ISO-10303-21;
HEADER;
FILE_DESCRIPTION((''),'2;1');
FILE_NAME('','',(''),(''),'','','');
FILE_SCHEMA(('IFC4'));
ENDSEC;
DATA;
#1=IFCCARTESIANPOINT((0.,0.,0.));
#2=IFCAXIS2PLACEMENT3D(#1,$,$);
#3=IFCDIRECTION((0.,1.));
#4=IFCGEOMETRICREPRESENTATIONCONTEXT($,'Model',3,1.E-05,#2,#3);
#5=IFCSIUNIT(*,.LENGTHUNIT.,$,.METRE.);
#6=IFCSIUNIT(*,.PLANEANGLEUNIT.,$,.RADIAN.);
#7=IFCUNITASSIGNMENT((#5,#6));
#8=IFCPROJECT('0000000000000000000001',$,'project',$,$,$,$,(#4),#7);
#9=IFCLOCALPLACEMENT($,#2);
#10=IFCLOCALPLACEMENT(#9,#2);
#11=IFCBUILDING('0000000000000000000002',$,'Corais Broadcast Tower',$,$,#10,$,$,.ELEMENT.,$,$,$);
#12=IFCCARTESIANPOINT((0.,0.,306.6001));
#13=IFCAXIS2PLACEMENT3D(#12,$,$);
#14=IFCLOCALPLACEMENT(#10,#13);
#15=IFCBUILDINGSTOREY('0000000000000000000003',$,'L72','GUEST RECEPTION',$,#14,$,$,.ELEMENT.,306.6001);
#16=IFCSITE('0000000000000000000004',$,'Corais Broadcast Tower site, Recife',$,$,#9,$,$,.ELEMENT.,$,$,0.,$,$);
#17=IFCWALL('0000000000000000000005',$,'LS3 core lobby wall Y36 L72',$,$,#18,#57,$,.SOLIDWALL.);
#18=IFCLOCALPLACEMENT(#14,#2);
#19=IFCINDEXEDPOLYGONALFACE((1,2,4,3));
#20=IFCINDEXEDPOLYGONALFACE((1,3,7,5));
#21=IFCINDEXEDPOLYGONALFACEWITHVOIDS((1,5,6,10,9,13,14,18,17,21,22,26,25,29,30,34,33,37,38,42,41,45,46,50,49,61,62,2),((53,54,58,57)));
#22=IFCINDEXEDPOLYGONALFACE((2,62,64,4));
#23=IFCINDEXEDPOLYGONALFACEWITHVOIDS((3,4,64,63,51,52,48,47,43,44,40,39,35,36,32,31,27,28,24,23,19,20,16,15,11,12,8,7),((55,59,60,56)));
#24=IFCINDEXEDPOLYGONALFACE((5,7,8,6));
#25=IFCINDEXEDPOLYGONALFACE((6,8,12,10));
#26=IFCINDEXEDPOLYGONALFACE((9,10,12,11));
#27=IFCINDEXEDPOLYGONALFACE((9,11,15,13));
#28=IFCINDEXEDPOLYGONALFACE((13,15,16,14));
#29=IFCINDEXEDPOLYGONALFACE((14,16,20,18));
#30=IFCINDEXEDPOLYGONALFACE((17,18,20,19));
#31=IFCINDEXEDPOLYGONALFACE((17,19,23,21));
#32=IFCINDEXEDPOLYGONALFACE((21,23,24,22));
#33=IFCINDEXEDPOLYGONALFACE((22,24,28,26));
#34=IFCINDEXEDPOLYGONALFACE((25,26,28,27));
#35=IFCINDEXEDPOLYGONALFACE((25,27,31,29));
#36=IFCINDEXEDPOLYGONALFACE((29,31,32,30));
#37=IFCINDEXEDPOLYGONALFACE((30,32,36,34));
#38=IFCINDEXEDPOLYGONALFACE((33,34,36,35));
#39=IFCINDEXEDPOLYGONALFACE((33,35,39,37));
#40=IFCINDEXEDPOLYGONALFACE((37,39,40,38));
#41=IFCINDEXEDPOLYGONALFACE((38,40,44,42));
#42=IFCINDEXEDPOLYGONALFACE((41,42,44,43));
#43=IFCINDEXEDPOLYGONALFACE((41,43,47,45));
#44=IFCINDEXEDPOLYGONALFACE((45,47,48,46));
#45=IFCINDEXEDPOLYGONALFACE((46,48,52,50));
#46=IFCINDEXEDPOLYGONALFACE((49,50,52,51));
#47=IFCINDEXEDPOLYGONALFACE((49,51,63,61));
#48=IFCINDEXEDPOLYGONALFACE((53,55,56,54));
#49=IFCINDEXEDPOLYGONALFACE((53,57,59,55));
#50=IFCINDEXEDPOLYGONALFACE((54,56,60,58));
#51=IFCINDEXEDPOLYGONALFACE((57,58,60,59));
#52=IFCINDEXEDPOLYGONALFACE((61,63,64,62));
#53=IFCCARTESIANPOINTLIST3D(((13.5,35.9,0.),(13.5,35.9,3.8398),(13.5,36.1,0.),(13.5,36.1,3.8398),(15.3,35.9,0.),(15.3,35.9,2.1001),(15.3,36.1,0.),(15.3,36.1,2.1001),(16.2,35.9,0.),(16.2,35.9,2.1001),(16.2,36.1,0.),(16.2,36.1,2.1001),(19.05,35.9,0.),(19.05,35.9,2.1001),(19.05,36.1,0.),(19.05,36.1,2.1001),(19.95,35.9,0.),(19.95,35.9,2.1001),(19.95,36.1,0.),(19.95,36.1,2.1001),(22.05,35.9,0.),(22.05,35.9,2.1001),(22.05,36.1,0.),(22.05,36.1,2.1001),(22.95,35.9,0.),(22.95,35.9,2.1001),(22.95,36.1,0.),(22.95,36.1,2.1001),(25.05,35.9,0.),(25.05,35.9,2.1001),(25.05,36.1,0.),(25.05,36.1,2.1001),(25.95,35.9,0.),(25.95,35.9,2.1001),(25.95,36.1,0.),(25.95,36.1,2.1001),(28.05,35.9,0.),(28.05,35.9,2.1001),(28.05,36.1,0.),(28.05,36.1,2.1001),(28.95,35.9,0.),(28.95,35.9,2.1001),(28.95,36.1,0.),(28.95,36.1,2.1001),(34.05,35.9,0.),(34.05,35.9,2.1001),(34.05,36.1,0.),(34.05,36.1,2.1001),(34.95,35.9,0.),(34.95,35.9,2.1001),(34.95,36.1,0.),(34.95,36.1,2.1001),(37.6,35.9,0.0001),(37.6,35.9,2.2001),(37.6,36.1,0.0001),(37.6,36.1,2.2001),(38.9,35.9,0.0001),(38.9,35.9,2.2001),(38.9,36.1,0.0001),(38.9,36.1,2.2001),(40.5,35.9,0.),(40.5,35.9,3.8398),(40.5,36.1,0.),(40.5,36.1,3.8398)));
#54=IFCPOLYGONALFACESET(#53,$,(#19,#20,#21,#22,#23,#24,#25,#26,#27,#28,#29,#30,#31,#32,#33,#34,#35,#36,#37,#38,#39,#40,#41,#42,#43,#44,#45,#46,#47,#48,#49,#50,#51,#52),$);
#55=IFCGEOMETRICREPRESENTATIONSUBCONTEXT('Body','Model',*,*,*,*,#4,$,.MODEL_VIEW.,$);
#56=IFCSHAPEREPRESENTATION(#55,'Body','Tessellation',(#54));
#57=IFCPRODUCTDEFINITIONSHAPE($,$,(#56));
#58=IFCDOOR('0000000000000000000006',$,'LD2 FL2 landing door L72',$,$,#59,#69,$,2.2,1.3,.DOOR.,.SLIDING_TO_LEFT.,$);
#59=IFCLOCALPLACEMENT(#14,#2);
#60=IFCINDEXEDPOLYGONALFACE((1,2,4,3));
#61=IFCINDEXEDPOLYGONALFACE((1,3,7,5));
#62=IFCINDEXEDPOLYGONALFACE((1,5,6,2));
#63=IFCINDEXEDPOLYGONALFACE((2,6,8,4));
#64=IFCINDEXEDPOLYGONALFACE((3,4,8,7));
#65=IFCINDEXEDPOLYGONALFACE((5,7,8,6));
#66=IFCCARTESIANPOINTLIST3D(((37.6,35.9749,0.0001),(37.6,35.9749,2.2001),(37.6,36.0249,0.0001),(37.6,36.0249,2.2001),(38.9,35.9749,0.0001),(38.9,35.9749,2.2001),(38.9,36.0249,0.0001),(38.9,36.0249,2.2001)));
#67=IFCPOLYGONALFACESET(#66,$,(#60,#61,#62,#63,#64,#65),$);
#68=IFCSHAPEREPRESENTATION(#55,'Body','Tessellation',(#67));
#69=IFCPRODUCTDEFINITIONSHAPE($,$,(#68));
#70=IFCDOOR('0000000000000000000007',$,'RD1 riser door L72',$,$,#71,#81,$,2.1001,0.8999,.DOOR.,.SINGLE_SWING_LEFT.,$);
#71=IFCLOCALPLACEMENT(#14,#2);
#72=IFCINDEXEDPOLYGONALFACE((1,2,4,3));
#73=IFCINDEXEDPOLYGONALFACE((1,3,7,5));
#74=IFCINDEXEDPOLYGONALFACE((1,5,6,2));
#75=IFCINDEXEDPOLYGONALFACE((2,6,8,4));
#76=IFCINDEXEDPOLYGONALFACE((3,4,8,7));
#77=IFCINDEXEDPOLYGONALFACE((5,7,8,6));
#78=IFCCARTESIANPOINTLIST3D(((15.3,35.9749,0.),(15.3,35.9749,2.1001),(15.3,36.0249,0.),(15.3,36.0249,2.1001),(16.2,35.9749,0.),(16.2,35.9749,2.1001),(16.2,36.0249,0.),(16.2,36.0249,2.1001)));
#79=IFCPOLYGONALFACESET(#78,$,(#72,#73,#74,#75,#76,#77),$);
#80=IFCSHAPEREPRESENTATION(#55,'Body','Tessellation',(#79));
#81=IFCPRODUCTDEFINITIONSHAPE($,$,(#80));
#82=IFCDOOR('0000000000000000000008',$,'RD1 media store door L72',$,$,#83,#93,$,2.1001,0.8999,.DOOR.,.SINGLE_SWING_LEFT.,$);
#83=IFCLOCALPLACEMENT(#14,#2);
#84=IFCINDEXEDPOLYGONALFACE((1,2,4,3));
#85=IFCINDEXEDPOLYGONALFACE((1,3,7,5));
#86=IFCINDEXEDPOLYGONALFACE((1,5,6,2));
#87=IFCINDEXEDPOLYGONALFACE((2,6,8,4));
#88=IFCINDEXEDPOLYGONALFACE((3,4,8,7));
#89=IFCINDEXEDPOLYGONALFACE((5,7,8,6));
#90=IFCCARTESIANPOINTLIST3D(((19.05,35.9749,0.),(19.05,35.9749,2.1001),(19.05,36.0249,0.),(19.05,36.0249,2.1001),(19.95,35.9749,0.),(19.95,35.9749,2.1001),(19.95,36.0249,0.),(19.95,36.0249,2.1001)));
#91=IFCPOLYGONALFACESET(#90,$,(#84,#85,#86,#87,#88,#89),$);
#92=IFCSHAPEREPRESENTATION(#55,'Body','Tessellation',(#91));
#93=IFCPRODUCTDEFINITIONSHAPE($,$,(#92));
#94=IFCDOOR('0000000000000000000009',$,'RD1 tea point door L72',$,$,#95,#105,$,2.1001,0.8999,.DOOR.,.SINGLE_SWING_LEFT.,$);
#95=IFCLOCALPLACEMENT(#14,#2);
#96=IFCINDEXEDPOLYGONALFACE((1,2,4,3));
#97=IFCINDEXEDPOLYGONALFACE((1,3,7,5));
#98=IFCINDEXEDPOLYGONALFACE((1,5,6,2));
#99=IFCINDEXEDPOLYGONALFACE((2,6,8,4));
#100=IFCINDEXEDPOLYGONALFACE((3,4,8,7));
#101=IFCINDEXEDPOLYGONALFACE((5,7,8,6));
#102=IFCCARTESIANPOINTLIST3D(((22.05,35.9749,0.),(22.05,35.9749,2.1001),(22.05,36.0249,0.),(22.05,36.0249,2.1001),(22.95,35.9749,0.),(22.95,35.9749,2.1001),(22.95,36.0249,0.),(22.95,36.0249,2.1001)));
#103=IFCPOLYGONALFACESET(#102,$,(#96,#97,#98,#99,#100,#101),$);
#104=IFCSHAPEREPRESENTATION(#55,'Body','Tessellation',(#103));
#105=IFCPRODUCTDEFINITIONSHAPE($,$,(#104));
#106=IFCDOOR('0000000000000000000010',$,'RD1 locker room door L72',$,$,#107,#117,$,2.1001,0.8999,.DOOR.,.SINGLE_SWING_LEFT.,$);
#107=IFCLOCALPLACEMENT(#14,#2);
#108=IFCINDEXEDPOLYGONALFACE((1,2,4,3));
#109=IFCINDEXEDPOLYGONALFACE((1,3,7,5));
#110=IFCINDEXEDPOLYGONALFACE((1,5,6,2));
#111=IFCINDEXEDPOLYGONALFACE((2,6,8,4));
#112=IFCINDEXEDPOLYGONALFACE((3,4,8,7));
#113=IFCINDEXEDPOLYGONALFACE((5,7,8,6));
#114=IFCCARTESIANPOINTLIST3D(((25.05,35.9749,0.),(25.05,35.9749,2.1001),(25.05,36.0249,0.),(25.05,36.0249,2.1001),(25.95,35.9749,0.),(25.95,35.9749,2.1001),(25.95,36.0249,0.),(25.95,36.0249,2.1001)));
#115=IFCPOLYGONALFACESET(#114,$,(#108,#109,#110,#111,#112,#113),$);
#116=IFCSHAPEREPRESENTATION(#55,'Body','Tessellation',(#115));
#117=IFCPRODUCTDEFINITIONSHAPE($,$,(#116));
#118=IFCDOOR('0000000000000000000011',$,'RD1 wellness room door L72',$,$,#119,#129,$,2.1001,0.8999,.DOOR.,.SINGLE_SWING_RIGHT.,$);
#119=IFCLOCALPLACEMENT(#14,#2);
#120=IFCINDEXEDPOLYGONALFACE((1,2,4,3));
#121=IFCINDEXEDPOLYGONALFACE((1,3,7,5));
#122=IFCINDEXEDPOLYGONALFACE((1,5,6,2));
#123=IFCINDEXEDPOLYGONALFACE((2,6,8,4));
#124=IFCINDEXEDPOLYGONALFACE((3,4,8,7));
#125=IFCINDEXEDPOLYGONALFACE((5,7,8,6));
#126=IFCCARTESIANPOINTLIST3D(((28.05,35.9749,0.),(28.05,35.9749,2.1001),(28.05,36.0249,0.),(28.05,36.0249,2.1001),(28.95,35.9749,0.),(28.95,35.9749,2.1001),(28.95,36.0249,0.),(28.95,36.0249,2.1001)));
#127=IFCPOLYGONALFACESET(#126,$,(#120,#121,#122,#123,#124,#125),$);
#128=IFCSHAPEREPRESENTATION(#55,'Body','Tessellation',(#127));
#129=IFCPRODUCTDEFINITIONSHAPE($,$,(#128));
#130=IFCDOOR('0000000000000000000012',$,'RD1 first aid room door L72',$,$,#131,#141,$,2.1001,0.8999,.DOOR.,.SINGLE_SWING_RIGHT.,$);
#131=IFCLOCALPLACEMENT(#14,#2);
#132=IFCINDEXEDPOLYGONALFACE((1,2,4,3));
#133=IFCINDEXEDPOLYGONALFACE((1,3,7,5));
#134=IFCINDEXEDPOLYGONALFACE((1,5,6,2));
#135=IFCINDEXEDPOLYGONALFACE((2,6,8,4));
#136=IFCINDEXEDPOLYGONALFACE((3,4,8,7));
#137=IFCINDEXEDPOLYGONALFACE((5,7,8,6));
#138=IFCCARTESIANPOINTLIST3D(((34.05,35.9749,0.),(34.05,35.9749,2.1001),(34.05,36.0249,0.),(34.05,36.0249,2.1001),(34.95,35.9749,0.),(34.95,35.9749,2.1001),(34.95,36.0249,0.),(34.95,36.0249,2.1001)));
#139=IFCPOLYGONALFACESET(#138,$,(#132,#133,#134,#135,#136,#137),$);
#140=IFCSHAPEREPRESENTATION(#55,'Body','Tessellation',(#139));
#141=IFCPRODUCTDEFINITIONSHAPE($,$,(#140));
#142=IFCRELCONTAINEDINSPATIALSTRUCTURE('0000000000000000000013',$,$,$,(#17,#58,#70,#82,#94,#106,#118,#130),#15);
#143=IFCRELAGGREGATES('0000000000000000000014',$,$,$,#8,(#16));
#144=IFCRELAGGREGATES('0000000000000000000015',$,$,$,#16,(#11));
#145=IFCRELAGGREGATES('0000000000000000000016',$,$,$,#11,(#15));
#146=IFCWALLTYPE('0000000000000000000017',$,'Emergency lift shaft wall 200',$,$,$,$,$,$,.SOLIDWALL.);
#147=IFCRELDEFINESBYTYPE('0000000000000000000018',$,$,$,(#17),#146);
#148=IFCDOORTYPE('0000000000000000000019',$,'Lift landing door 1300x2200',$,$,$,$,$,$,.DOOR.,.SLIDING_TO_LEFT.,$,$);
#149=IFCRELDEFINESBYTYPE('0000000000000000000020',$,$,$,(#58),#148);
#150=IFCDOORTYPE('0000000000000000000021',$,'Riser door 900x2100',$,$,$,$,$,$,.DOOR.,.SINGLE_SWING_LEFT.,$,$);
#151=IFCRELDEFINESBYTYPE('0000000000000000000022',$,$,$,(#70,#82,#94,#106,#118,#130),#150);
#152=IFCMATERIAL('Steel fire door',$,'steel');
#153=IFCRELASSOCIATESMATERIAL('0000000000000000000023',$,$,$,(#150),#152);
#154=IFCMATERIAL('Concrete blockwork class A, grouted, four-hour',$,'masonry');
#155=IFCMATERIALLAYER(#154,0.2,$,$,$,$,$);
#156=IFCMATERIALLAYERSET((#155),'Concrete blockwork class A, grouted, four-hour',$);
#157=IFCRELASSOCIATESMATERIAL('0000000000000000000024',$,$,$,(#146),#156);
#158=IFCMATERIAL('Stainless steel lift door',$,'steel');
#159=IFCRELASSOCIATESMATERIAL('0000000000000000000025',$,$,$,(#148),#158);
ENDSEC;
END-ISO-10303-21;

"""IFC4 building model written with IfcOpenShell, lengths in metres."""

from ifc_helpers import new_model, si_unit, direction, frame, frame_2d, origin, place, context, subcontext, project, spatial, rectangle, extrude, material, layer, layer_set, type_object, element, fill, save


model = new_model("IFC4")

# Units and contexts
model_context = context("Model", 3, precision=1e-05, world=origin(), true_north=direction((0.0, 1.0)))
body_context = subcontext(model_context, "Body", "Model", "MODEL_VIEW")
ifc_project = project(units=[si_unit("LENGTHUNIT", "METRE"), si_unit("PLANEANGLEUNIT", "RADIAN")], contexts=[model_context])

# Site, building, storey
site_placement = place(None, origin())
site = spatial("IfcSite", under=ifc_project, at=site_placement, Name="Corais Broadcast Tower site, Recife", CompositionType="ELEMENT", RefElevation=0.0)
building_placement = place(site_placement, origin())
building = spatial("IfcBuilding", under=site, at=building_placement, Name="Corais Broadcast Tower", CompositionType="ELEMENT")
storey_placement = place(building_placement, frame((0.0, 0.0, 306.6001)))
storey = spatial("IfcBuildingStorey", under=building, at=storey_placement, Name="L72", Description="GUEST RECEPTION", CompositionType="ELEMENT", Elevation=306.6001)

# Wall, openings, doors
ifc_material_1 = material(Name="Steel fire door", Category="steel")
door_type_1 = type_object("IfcDoorType", Name="Riser door 900x2100", OperationType="SINGLE_SWING_LEFT", PredefinedType="DOOR", material=ifc_material_1)
ifc_material_2 = material(Name="Concrete blockwork class A, grouted, four-hour", Category="masonry")
ifc_layer_1 = layer(ifc_material_2, 0.2)
ifc_layer_set_1 = layer_set([ifc_layer_1], Name="Concrete blockwork class A, grouted, four-hour")
wall_type_1 = type_object("IfcWallType", Name="Emergency lift shaft wall 200", PredefinedType="SOLIDWALL", material=ifc_layer_set_1)
wall_1_placement = place(storey_placement, frame((13.5, 36.0, 0.0), z_axis=(0.0, 0.0, 1.0), x_axis=(1.0, 0.0, 0.0)))
wall_1 = element("IfcWall", 1, at=wall_1_placement, inside=storey, type_object=wall_type_1, Name="LS3 core lobby wall Y36 L72", PredefinedType="SOLIDWALL", context=body_context, shape_type="SweptSolid", body=[
    extrude(rectangle(XDim=27.0, YDim=0.2, at=frame_2d((13.5, 0.0))), origin(), (0.0, 0.0, 1.0), 3.8398),
])
opening_1_placement = place(wall_1_placement, frame((1.8, 0.0, 0.0)))
opening_1 = element("IfcOpeningElement", 2, at=opening_1_placement, cuts=wall_1, PredefinedType="OPENING", context=body_context, shape_type="SweptSolid", body=[
    extrude(rectangle(XDim=0.8999, YDim=2.1001, at=frame_2d((0.45, 1.05))), frame((0.0, 0.1099, 0.0), z_axis=(0.0, -1.0, 0.0), x_axis=(1.0, 0.0, 0.0)), (0.0, 0.0, 1.0), 0.22),
])
opening_2_placement = place(wall_1_placement, frame((5.55, 0.0, 0.0)))
opening_2 = element("IfcOpeningElement", 3, at=opening_2_placement, cuts=wall_1, PredefinedType="OPENING", context=body_context, shape_type="SweptSolid", body=[
    extrude(rectangle(XDim=0.8999, YDim=2.1001, at=frame_2d((0.45, 1.05))), frame((0.0, 0.1099, 0.0), z_axis=(0.0, -1.0, 0.0), x_axis=(1.0, 0.0, 0.0)), (0.0, 0.0, 1.0), 0.22),
])
opening_3_placement = place(wall_1_placement, frame((8.55, 0.0, 0.0)))
opening_3 = element("IfcOpeningElement", 4, at=opening_3_placement, cuts=wall_1, PredefinedType="OPENING", context=body_context, shape_type="SweptSolid", body=[
    extrude(rectangle(XDim=0.8999, YDim=2.1001, at=frame_2d((0.45, 1.05))), frame((0.0, 0.1099, 0.0), z_axis=(0.0, -1.0, 0.0), x_axis=(1.0, 0.0, 0.0)), (0.0, 0.0, 1.0), 0.22),
])
opening_4_placement = place(wall_1_placement, frame((11.55, 0.0, 0.0)))
opening_4 = element("IfcOpeningElement", 5, at=opening_4_placement, cuts=wall_1, PredefinedType="OPENING", context=body_context, shape_type="SweptSolid", body=[
    extrude(rectangle(XDim=0.8999, YDim=2.1001, at=frame_2d((0.45, 1.05))), frame((0.0, 0.1099, 0.0), z_axis=(0.0, -1.0, 0.0), x_axis=(1.0, 0.0, 0.0)), (0.0, 0.0, 1.0), 0.22),
])
opening_5_placement = place(wall_1_placement, frame((14.55, 0.0, 0.0)))
opening_5 = element("IfcOpeningElement", 6, at=opening_5_placement, cuts=wall_1, PredefinedType="OPENING", context=body_context, shape_type="SweptSolid", body=[
    extrude(rectangle(XDim=0.8999, YDim=2.1001, at=frame_2d((0.45, 1.05))), frame((0.0, 0.1099, 0.0), z_axis=(0.0, -1.0, 0.0), x_axis=(1.0, 0.0, 0.0)), (0.0, 0.0, 1.0), 0.22),
])
opening_6_placement = place(wall_1_placement, frame((20.55, 0.0, 0.0)))
opening_6 = element("IfcOpeningElement", 7, at=opening_6_placement, cuts=wall_1, PredefinedType="OPENING", context=body_context, shape_type="SweptSolid", body=[
    extrude(rectangle(XDim=0.8999, YDim=2.1001, at=frame_2d((0.45, 1.05))), frame((0.0, 0.1099, 0.0), z_axis=(0.0, -1.0, 0.0), x_axis=(1.0, 0.0, 0.0)), (0.0, 0.0, 1.0), 0.22),
])
opening_7_placement = place(wall_1_placement, frame((24.1001, 0.0, 0.0)))
opening_7 = element("IfcOpeningElement", 8, at=opening_7_placement, cuts=wall_1, PredefinedType="OPENING", context=body_context, shape_type="SweptSolid", body=[
    extrude(rectangle(XDim=1.3, YDim=2.2, at=frame_2d((0.6499, 1.1001))), frame((0.0, 0.1099, 0.0), z_axis=(0.0, -1.0, 0.0), x_axis=(1.0, 0.0, 0.0)), (0.0, 0.0, 1.0), 0.22),
])
ifc_material_3 = material(Name="Stainless steel lift door", Category="steel")
door_type_2 = type_object("IfcDoorType", Name="Lift landing door 1300x2200", OperationType="SLIDING_TO_LEFT", PredefinedType="DOOR", material=ifc_material_3)
door_1_placement = place(opening_7_placement, origin())
door_1 = element("IfcDoor", 9, at=door_1_placement, inside=storey, type_object=door_type_2, Name="LD2 FL2 landing door L72", OperationType="SLIDING_TO_LEFT", OverallHeight=2.2, OverallWidth=1.3, PredefinedType="DOOR", context=body_context, shape_type="SweptSolid", body=[
    extrude(rectangle(XDim=1.3, YDim=2.2, at=frame_2d((0.6499, 1.1001))), frame((0.0, 0.0249, 0.0), z_axis=(0.0, -1.0, 0.0), x_axis=(1.0, 0.0, 0.0)), (0.0, 0.0, 1.0), 0.05),
])
fill(opening_7, door_1)
door_2_placement = place(opening_1_placement, origin())
door_2 = element("IfcDoor", 10, at=door_2_placement, inside=storey, type_object=door_type_1, Name="RD1 riser door L72", OperationType="SINGLE_SWING_LEFT", OverallHeight=2.1001, OverallWidth=0.8999, PredefinedType="DOOR", context=body_context, shape_type="SweptSolid", body=[
    extrude(rectangle(XDim=0.8999, YDim=2.1001, at=frame_2d((0.45, 1.05))), frame((0.0, 0.0249, 0.0), z_axis=(0.0, -1.0, 0.0), x_axis=(1.0, 0.0, 0.0)), (0.0, 0.0, 1.0), 0.05),
])
fill(opening_1, door_2)
door_3_placement = place(opening_2_placement, origin())
door_3 = element("IfcDoor", 11, at=door_3_placement, inside=storey, type_object=door_type_1, Name="RD1 media store door L72", OperationType="SINGLE_SWING_LEFT", OverallHeight=2.1001, OverallWidth=0.8999, PredefinedType="DOOR", context=body_context, shape_type="SweptSolid", body=[
    extrude(rectangle(XDim=0.8999, YDim=2.1001, at=frame_2d((0.45, 1.05))), frame((0.0, 0.0249, 0.0), z_axis=(0.0, -1.0, 0.0), x_axis=(1.0, 0.0, 0.0)), (0.0, 0.0, 1.0), 0.05),
])
fill(opening_2, door_3)
door_4_placement = place(opening_3_placement, origin())
door_4 = element("IfcDoor", 12, at=door_4_placement, inside=storey, type_object=door_type_1, Name="RD1 tea point door L72", OperationType="SINGLE_SWING_LEFT", OverallHeight=2.1001, OverallWidth=0.8999, PredefinedType="DOOR", context=body_context, shape_type="SweptSolid", body=[
    extrude(rectangle(XDim=0.8999, YDim=2.1001, at=frame_2d((0.45, 1.05))), frame((0.0, 0.0249, 0.0), z_axis=(0.0, -1.0, 0.0), x_axis=(1.0, 0.0, 0.0)), (0.0, 0.0, 1.0), 0.05),
])
fill(opening_3, door_4)
door_5_placement = place(opening_4_placement, origin())
door_5 = element("IfcDoor", 13, at=door_5_placement, inside=storey, type_object=door_type_1, Name="RD1 locker room door L72", OperationType="SINGLE_SWING_LEFT", OverallHeight=2.1001, OverallWidth=0.8999, PredefinedType="DOOR", context=body_context, shape_type="SweptSolid", body=[
    extrude(rectangle(XDim=0.8999, YDim=2.1001, at=frame_2d((0.45, 1.05))), frame((0.0, 0.0249, 0.0), z_axis=(0.0, -1.0, 0.0), x_axis=(1.0, 0.0, 0.0)), (0.0, 0.0, 1.0), 0.05),
])
fill(opening_4, door_5)
door_6_placement = place(opening_5_placement, origin())
door_6 = element("IfcDoor", 14, at=door_6_placement, inside=storey, type_object=door_type_1, Name="RD1 wellness room door L72", OperationType="SINGLE_SWING_RIGHT", OverallHeight=2.1001, OverallWidth=0.8999, PredefinedType="DOOR", context=body_context, shape_type="SweptSolid", body=[
    extrude(rectangle(XDim=0.8999, YDim=2.1001, at=frame_2d((0.45, 1.05))), frame((0.0, 0.0249, 0.0), z_axis=(0.0, -1.0, 0.0), x_axis=(1.0, 0.0, 0.0)), (0.0, 0.0, 1.0), 0.05),
])
fill(opening_5, door_6)
door_7_placement = place(opening_6_placement, origin())
door_7 = element("IfcDoor", 15, at=door_7_placement, inside=storey, type_object=door_type_1, Name="RD1 first aid room door L72", OperationType="SINGLE_SWING_RIGHT", OverallHeight=2.1001, OverallWidth=0.8999, PredefinedType="DOOR", context=body_context, shape_type="SweptSolid", body=[
    extrude(rectangle(XDim=0.8999, YDim=2.1001, at=frame_2d((0.45, 1.05))), frame((0.0, 0.0249, 0.0), z_axis=(0.0, -1.0, 0.0), x_axis=(1.0, 0.0, 0.0)), (0.0, 0.0, 1.0), 0.05),
])
fill(opening_6, door_7)

save(model, "model.ifc")
